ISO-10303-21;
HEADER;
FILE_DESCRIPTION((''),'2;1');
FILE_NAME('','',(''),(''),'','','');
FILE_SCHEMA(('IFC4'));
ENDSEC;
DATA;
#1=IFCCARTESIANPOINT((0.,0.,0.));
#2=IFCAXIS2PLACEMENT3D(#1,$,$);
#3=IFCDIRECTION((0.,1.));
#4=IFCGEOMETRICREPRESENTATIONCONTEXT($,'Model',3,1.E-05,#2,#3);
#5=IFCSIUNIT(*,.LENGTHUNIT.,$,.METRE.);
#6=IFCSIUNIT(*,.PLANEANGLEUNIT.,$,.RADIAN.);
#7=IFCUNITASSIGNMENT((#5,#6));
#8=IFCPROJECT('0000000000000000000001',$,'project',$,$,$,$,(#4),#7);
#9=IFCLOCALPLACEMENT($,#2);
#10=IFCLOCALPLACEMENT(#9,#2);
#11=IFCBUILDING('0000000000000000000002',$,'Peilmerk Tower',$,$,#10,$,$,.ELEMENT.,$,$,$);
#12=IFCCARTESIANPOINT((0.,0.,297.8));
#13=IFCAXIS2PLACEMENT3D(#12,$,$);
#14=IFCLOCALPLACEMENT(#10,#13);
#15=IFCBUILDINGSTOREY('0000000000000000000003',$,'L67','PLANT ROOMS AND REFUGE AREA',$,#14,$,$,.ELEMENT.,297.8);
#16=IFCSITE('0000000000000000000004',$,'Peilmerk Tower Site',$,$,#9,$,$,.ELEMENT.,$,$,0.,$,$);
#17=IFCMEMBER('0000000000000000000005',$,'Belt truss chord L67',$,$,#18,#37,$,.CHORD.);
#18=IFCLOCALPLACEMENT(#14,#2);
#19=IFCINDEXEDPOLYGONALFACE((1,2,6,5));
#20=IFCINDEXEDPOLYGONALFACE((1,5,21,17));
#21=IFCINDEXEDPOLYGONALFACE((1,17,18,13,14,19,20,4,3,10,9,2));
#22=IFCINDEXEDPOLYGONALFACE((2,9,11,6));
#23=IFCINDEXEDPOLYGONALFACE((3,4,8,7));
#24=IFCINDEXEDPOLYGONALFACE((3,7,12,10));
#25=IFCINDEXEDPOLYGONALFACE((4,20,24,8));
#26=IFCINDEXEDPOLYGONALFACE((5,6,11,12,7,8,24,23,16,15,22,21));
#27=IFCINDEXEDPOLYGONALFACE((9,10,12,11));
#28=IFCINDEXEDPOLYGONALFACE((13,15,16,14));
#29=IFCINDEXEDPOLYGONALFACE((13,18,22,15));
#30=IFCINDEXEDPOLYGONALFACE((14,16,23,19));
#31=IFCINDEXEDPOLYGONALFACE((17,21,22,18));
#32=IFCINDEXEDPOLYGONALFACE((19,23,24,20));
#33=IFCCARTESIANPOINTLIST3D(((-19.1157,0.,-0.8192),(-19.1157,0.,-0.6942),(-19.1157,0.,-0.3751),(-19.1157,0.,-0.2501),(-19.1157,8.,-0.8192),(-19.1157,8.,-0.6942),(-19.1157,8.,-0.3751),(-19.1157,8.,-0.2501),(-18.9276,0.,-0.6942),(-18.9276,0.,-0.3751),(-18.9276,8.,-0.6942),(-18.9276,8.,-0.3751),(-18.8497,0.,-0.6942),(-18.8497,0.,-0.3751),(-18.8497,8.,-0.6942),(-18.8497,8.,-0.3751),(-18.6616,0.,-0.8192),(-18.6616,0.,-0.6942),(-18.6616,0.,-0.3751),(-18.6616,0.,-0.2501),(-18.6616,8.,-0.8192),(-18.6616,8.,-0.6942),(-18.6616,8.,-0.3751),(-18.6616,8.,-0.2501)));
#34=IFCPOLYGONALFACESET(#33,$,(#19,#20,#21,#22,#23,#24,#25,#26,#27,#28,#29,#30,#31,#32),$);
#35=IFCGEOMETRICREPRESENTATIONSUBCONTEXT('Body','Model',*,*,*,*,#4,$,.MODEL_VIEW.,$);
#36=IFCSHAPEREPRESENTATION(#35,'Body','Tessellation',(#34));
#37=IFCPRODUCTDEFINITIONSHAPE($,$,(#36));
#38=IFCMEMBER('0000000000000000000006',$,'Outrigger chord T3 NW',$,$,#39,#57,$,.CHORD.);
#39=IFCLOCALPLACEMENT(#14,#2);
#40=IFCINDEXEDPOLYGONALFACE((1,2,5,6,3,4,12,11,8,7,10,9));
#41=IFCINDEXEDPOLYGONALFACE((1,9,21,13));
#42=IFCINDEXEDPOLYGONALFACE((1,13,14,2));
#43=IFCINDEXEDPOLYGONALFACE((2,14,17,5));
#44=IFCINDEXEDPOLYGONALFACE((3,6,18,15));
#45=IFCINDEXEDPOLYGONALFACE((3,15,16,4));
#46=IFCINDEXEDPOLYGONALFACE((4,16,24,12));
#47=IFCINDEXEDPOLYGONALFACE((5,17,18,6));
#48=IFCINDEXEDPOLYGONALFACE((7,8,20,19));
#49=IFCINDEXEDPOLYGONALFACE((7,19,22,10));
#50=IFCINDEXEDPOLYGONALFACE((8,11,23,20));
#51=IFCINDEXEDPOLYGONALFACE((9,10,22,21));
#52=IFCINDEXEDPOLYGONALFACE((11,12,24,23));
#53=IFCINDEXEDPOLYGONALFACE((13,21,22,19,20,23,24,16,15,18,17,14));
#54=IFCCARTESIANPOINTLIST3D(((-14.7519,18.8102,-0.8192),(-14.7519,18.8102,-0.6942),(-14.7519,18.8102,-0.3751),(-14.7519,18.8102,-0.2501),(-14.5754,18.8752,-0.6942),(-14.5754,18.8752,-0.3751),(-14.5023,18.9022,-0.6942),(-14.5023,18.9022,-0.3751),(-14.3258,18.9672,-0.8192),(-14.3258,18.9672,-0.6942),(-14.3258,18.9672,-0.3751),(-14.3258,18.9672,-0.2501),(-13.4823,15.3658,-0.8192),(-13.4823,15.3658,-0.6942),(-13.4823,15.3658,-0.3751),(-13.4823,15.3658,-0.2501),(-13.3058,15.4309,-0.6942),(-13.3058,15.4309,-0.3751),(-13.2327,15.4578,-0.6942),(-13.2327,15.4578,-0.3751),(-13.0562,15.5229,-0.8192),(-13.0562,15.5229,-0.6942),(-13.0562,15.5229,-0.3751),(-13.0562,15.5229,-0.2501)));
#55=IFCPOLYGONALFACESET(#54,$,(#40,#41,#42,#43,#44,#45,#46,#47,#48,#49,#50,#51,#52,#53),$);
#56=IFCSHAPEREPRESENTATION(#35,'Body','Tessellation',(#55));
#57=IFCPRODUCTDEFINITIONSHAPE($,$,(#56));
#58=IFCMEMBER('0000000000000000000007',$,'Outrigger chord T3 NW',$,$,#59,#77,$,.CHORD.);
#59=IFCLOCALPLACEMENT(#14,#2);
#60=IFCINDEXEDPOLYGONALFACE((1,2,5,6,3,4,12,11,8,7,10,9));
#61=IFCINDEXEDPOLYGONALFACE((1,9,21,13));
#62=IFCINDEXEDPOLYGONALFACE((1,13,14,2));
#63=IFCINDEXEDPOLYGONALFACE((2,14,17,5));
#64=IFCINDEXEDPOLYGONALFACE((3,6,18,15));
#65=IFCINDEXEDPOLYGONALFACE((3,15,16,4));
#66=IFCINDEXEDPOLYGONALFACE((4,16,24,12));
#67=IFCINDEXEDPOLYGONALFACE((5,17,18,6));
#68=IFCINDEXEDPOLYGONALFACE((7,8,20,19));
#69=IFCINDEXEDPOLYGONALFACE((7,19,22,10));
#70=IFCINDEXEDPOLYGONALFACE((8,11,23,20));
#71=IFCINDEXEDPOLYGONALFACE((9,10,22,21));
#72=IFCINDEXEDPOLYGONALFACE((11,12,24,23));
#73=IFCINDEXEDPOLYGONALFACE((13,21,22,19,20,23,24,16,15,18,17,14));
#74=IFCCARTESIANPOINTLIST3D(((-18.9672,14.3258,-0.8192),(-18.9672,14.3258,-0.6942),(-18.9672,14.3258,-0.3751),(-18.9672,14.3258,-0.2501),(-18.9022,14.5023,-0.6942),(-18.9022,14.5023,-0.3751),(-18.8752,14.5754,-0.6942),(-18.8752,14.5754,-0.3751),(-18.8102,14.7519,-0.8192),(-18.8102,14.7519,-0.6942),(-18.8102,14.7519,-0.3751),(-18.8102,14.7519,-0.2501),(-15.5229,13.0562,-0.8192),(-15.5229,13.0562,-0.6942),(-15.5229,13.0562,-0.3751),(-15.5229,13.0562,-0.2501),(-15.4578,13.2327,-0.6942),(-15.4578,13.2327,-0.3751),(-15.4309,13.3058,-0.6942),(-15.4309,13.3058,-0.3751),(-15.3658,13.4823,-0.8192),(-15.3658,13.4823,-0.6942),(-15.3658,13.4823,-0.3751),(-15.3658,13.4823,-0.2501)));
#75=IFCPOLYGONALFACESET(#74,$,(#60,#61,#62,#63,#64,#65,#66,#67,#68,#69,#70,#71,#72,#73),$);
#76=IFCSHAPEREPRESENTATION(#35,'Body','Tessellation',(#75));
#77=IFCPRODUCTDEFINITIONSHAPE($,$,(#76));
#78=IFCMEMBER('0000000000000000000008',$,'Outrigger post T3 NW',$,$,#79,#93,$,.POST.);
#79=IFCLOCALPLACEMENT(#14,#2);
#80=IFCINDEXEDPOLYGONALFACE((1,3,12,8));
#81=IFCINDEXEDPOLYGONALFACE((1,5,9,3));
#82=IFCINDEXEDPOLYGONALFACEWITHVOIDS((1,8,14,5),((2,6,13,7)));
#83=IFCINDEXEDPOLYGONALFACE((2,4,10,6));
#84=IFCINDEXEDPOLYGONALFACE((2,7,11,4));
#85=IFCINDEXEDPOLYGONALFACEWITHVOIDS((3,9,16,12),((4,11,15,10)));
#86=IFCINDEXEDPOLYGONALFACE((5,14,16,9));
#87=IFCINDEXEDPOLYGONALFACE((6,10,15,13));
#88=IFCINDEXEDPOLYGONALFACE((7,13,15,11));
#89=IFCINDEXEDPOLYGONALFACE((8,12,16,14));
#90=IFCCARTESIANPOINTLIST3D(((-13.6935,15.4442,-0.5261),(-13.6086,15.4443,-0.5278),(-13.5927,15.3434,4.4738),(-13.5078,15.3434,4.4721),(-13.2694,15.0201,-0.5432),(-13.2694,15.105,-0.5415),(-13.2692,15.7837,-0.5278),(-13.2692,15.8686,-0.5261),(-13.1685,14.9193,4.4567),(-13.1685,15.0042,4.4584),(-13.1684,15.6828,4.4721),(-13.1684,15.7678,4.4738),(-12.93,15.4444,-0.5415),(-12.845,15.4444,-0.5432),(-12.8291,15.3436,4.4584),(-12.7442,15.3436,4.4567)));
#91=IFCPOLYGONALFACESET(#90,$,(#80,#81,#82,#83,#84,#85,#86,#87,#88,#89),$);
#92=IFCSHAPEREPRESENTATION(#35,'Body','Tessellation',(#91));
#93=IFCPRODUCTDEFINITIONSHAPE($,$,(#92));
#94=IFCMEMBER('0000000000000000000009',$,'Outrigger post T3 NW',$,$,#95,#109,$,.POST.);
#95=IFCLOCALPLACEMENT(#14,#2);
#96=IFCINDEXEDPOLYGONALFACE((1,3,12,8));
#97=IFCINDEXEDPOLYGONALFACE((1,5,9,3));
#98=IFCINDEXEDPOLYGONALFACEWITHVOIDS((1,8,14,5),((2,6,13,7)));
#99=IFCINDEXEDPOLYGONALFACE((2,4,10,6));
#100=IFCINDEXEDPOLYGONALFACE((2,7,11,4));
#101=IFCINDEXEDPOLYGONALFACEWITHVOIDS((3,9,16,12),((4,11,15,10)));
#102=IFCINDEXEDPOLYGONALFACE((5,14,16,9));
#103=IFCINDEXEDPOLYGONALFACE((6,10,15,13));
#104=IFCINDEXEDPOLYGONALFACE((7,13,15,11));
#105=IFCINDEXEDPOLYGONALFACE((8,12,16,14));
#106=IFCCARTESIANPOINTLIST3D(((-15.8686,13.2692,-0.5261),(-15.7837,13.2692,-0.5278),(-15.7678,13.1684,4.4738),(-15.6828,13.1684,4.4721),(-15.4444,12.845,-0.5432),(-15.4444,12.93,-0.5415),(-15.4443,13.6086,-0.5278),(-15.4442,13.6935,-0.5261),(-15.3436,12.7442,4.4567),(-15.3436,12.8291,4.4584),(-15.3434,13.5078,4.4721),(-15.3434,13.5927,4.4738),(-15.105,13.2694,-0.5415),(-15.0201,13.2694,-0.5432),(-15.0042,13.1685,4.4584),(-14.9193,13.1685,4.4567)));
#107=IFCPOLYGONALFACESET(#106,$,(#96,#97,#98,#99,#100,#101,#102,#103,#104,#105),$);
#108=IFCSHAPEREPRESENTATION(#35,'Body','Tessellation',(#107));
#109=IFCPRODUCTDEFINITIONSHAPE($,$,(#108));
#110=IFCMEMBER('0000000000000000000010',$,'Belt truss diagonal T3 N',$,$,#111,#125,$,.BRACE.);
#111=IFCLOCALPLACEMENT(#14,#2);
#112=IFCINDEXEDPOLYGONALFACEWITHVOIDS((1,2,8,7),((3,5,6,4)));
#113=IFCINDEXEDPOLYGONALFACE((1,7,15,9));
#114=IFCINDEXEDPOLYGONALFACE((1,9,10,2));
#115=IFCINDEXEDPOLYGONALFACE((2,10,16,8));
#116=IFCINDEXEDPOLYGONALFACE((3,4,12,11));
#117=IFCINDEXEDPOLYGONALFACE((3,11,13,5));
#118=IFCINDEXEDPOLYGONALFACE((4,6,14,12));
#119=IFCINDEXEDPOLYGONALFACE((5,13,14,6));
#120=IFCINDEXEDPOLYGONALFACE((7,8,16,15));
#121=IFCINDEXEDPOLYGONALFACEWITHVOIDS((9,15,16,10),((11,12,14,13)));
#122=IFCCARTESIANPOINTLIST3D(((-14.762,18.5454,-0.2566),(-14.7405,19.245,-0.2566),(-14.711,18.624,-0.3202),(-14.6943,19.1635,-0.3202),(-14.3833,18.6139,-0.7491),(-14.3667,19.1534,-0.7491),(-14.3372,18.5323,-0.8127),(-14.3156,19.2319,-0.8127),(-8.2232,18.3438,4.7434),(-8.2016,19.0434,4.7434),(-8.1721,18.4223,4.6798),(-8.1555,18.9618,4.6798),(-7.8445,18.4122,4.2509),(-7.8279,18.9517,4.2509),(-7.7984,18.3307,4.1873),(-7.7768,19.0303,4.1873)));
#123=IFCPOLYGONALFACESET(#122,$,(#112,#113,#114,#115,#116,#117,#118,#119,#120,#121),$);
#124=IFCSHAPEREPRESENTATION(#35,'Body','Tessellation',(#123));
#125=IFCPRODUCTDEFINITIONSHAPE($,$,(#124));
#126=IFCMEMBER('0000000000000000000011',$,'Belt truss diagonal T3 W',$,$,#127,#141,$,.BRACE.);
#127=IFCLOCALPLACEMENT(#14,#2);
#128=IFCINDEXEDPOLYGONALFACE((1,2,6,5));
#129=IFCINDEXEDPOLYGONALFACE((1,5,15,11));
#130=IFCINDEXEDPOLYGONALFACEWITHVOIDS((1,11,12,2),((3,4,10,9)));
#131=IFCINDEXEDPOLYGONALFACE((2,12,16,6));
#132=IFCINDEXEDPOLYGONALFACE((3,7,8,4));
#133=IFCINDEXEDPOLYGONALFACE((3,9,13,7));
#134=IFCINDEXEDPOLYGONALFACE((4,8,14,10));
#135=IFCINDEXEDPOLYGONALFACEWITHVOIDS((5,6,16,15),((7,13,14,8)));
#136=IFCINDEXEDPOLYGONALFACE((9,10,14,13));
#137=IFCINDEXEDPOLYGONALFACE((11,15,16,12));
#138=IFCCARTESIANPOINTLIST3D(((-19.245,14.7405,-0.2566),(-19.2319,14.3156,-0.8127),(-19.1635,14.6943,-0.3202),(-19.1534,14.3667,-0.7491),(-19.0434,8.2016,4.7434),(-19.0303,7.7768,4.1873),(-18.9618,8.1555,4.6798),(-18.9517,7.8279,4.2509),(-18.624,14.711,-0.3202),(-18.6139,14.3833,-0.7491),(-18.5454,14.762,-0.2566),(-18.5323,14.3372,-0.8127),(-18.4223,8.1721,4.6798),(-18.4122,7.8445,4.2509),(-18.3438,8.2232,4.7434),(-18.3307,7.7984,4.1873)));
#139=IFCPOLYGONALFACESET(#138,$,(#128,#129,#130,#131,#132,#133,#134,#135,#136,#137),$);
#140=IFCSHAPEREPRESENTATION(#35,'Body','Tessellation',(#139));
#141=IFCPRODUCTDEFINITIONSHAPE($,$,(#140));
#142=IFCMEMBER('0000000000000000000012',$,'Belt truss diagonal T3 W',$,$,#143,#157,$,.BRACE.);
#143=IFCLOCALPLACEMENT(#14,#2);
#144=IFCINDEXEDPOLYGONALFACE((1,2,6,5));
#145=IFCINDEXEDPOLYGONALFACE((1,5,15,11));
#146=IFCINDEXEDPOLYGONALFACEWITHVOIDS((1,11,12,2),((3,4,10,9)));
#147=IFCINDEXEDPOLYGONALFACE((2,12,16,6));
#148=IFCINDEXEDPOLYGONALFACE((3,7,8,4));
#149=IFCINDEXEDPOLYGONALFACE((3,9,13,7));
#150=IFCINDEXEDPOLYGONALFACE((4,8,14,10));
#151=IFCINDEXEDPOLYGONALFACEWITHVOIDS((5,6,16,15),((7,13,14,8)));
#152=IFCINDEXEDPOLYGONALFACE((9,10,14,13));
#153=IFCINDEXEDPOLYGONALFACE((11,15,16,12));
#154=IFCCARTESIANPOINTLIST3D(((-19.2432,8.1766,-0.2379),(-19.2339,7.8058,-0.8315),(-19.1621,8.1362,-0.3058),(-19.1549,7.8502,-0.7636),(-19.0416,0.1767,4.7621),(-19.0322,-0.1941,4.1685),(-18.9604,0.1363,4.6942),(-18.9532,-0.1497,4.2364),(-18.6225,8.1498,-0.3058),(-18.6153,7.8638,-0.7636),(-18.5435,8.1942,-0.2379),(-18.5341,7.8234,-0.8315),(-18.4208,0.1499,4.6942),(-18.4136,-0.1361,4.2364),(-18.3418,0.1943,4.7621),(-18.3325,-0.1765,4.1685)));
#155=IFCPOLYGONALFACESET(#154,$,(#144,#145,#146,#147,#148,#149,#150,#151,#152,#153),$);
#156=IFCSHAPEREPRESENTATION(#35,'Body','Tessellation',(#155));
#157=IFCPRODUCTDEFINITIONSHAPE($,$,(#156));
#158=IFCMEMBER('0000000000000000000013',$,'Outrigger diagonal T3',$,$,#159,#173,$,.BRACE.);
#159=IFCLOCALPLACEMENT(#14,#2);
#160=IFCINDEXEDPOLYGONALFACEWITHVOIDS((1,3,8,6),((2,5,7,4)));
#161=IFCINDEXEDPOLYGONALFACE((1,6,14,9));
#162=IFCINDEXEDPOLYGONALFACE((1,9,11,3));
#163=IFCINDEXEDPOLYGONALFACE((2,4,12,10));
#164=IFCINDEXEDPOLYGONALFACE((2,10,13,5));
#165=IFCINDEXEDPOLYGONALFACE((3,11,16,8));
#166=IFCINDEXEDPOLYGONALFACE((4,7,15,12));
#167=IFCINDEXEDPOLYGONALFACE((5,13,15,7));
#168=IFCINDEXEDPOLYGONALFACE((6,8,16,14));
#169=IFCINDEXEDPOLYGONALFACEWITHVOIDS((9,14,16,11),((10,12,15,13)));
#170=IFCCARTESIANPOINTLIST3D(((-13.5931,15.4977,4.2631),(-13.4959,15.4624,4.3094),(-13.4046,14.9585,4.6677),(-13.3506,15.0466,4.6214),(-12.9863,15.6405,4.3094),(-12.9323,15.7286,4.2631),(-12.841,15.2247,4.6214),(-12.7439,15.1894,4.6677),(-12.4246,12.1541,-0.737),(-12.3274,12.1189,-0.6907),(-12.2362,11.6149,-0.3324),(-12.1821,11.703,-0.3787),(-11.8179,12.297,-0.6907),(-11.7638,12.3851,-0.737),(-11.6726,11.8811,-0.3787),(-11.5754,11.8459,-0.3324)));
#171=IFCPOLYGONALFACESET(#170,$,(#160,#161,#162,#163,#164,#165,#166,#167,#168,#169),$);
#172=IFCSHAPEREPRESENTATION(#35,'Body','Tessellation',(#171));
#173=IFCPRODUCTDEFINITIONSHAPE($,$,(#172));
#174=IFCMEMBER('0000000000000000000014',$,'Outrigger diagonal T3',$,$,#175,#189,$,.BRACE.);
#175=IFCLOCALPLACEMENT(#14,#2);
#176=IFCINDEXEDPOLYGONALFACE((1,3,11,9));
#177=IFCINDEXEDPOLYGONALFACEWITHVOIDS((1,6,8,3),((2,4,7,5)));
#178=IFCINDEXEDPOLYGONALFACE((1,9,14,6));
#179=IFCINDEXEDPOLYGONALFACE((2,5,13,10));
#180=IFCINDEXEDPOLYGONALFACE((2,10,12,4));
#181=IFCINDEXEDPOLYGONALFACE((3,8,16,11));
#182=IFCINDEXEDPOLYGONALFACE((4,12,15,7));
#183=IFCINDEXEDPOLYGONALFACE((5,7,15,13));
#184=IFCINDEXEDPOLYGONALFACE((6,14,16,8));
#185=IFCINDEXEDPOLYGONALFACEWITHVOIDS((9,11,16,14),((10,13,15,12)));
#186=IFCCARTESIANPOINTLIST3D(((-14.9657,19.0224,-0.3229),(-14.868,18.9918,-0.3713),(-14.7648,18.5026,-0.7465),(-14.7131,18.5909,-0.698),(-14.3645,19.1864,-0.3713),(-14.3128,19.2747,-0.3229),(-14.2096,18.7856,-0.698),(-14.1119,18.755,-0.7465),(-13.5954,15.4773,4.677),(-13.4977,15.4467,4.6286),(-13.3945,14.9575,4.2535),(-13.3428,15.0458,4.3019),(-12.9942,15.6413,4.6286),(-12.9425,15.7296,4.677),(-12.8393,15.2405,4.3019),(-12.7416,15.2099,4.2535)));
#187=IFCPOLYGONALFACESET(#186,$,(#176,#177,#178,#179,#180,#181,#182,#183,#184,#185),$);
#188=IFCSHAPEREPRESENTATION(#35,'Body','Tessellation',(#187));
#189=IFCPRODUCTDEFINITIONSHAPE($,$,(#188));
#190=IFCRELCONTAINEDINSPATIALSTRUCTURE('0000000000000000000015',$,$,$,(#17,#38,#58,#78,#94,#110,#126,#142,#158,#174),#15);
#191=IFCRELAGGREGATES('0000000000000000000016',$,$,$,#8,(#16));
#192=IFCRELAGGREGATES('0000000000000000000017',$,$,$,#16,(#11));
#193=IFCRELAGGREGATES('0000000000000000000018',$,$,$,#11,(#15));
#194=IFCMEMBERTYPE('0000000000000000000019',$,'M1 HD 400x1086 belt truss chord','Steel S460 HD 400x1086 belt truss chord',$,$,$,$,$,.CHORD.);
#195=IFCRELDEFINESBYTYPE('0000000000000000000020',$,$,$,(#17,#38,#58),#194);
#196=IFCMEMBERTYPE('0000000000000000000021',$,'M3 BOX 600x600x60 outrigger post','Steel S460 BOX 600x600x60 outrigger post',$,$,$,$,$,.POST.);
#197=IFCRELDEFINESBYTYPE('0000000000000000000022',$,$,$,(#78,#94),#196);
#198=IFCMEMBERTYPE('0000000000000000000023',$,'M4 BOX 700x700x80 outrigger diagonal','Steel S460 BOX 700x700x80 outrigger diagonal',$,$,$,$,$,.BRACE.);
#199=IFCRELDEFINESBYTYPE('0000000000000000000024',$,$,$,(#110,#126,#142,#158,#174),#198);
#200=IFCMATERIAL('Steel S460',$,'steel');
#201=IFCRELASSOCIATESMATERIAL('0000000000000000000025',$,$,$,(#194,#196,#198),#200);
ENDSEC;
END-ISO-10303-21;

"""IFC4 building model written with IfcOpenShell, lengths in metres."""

from ifc_helpers import new_model, si_unit, direction, frame, origin, origin_2d, place, context, subcontext, project, spatial, hollow_rectangle, i_section, extrude, material, material_profile, profile_set, type_object, element, save


model = new_model("IFC4")

# Units and contexts
model_context = context("Model", 3, precision=1e-05, world=origin(), true_north=direction((0.0, 1.0)))
body_context = subcontext(model_context, "Body", "Model", "MODEL_VIEW")
ifc_project = project(units=[si_unit("LENGTHUNIT", "METRE"), si_unit("PLANEANGLEUNIT", "RADIAN")], contexts=[model_context])

# Site, building, storey
site_placement = place(None, origin())
site = spatial("IfcSite", under=ifc_project, at=site_placement, Name="Peilmerk Tower Site", CompositionType="ELEMENT", RefElevation=0.0)
building_placement = place(site_placement, origin())
building = spatial("IfcBuilding", under=site, at=building_placement, Name="Peilmerk Tower", CompositionType="ELEMENT")
storey_placement = place(building_placement, frame((0.0, 0.0, 297.8)))
storey = spatial("IfcBuildingStorey", under=building, at=storey_placement, Name="L67", Description="PLANT ROOMS AND REFUGE AREA", CompositionType="ELEMENT", Elevation=297.8)

# Shared definitions
ifc_material_1 = material(Name="Steel S460", Category="steel")

# Members
ifc_material_profile_1 = material_profile(ifc_material_1, i_section(OverallWidth=0.4541, OverallDepth=0.5691, WebThickness=0.0779, FlangeThickness=0.125, at=origin_2d()), Name="HD 400x1086")
ifc_profile_set_1 = profile_set([ifc_material_profile_1], Name="Steel S460")
member_type_1 = type_object("IfcMemberType", Name="M1 HD 400x1086 belt truss chord", Description="Steel S460 HD 400x1086 belt truss chord", PredefinedType="CHORD", material=ifc_profile_set_1)
member_1_placement = place(storey_placement, frame((-18.8887, 8.0, -0.5347), z_axis=(0.0, -1.0, 0.0), x_axis=(1.0, 0.0, 0.0)))
element("IfcMember", 1, at=member_1_placement, inside=storey, type_object=member_type_1, Name="Belt truss chord L67", PredefinedType="CHORD", context=body_context, shape_type="SweptSolid", body=[
    extrude(i_section(OverallWidth=0.4541, OverallDepth=0.5691, WebThickness=0.0779, FlangeThickness=0.125, at=origin_2d()), origin(), (0.0, 0.0, 1.0), 8.0),
])
for number, where, z_axis, x_axis, name in (
    (2, (-13.2693, 15.4443, -0.5347), (-0.345841, 0.938293, 0.0), (-0.938293, -0.345841, 0.0), "Outrigger chord T3 NW"),
    (3, (-15.4443, 13.2693, -0.5347), (-0.938293, 0.345841, 0.0), (-0.345841, -0.938293, 0.0), "Outrigger chord T3 NW"),
):
    element("IfcMember", number, at=place(storey_placement, frame(where, z_axis=z_axis, x_axis=x_axis)), inside=storey, type_object=member_type_1, Name=name, PredefinedType="CHORD", context=body_context, shape_type="SweptSolid", body=[
        extrude(i_section(OverallWidth=0.4541, OverallDepth=0.5691, WebThickness=0.0779, FlangeThickness=0.125, at=origin_2d()), origin(), (0.0, 0.0, 1.0), 3.6709),
    ])
ifc_material_profile_2 = material_profile(ifc_material_1, hollow_rectangle(XDim=0.6001, YDim=0.6001, WallThickness=0.0601, at=origin_2d()), Name="BOX 600x600x60")
ifc_profile_set_2 = profile_set([ifc_material_profile_2], Name="Steel S460")
member_type_2 = type_object("IfcMemberType", Name="M3 BOX 600x600x60 outrigger post", Description="Steel S460 BOX 600x600x60 outrigger post", PredefinedType="POST", material=ifc_profile_set_2)
for number, where, z_axis, x_axis, name in (
    (4, (-13.2693, 15.4443, -0.5347), (0.020158, -0.020158, 0.999594), (0.707107, 0.707107, 0.0), "Outrigger post T3 NW"),
    (5, (-15.4443, 13.2693, -0.5347), (0.020158, -0.020158, 0.999594), (0.707107, 0.707107, 0.0), "Outrigger post T3 NW"),
):
    element("IfcMember", number, at=place(storey_placement, frame(where, z_axis=z_axis, x_axis=x_axis)), inside=storey, type_object=member_type_2, Name=name, PredefinedType="POST", context=body_context, shape_type="SweptSolid", body=[
        extrude(hollow_rectangle(XDim=0.6001, YDim=0.6001, WallThickness=0.0601, at=origin_2d()), origin(), (0.0, 0.0, 1.0), 5.002),
    ])
ifc_material_profile_3 = material_profile(ifc_material_1, hollow_rectangle(XDim=0.7, YDim=0.7, WallThickness=0.0801, at=origin_2d()), Name="BOX 700x700x80")
ifc_profile_set_3 = profile_set([ifc_material_profile_3], Name="Steel S460")
member_type_3 = type_object("IfcMemberType", Name="M4 BOX 700x700x80 outrigger diagonal", Description="Steel S460 BOX 700x700x80 outrigger diagonal", PredefinedType="BRACE", material=ifc_profile_set_3)
for number, where, z_axis, x_axis, name in (
    (6, (-14.5388, 18.8887, -0.5347), (0.794136, -0.024492, 0.607247), (0.030826, 0.999525, 0.0), "Belt truss diagonal T3 N"),
    (7, (-18.8887, 14.5388, -0.5347), (0.024492, -0.794136, 0.607247), (0.999525, 0.030826, 0.0), "Belt truss diagonal T3 W"),
):
    element("IfcMember", number, at=place(storey_placement, frame(where, z_axis=z_axis, x_axis=x_axis)), inside=storey, type_object=member_type_3, Name=name, PredefinedType="BRACE", context=body_context, shape_type="SweptSolid", body=[
        extrude(hollow_rectangle(XDim=0.7, YDim=0.7, WallThickness=0.0801, at=origin_2d()), origin(), (0.0, 0.0, 1.0), 8.2339),
    ])
member_2_placement = place(storey_placement, frame((-18.8887, 8.0, -0.5347), z_axis=(0.021371, -0.847805, 0.529878), x_axis=(0.999682, 0.0252, 0.0)))
element("IfcMember", 8, at=member_2_placement, inside=storey, type_object=member_type_3, Name="Belt truss diagonal T3 W", PredefinedType="BRACE", context=body_context, shape_type="SweptSolid", body=[
    extrude(hollow_rectangle(XDim=0.7, YDim=0.7, WallThickness=0.0801, at=origin_2d()), origin(), (0.0, 0.0, 1.0), 9.436),
])
member_3_placement = place(storey_placement, frame((-12.0, 12.0, -0.5347), z_axis=(-0.190696, 0.54567, 0.816014), x_axis=(-0.944014, -0.329905, 0.0)))
element("IfcMember", 9, at=member_3_placement, inside=storey, type_object=member_type_3, Name="Outrigger diagonal T3", PredefinedType="BRACE", context=body_context, shape_type="SweptSolid", body=[
    extrude(hollow_rectangle(XDim=0.7, YDim=0.7, WallThickness=0.0801, at=origin_2d()), origin(), (0.0, 0.0, 1.0), 6.1274),
])
member_4_placement = place(storey_placement, frame((-14.5388, 18.8887, -0.5347), z_axis=(0.218189, -0.564462, 0.796101), x_axis=(0.932742, 0.360545, 0.0)))
element("IfcMember", 10, at=member_4_placement, inside=storey, type_object=member_type_3, Name="Outrigger diagonal T3", PredefinedType="BRACE", context=body_context, shape_type="SweptSolid", body=[
    extrude(hollow_rectangle(XDim=0.7, YDim=0.7, WallThickness=0.0801, at=origin_2d()), origin(), (0.0, 0.0, 1.0), 6.2805),
])

save(model, "model.ifc")
